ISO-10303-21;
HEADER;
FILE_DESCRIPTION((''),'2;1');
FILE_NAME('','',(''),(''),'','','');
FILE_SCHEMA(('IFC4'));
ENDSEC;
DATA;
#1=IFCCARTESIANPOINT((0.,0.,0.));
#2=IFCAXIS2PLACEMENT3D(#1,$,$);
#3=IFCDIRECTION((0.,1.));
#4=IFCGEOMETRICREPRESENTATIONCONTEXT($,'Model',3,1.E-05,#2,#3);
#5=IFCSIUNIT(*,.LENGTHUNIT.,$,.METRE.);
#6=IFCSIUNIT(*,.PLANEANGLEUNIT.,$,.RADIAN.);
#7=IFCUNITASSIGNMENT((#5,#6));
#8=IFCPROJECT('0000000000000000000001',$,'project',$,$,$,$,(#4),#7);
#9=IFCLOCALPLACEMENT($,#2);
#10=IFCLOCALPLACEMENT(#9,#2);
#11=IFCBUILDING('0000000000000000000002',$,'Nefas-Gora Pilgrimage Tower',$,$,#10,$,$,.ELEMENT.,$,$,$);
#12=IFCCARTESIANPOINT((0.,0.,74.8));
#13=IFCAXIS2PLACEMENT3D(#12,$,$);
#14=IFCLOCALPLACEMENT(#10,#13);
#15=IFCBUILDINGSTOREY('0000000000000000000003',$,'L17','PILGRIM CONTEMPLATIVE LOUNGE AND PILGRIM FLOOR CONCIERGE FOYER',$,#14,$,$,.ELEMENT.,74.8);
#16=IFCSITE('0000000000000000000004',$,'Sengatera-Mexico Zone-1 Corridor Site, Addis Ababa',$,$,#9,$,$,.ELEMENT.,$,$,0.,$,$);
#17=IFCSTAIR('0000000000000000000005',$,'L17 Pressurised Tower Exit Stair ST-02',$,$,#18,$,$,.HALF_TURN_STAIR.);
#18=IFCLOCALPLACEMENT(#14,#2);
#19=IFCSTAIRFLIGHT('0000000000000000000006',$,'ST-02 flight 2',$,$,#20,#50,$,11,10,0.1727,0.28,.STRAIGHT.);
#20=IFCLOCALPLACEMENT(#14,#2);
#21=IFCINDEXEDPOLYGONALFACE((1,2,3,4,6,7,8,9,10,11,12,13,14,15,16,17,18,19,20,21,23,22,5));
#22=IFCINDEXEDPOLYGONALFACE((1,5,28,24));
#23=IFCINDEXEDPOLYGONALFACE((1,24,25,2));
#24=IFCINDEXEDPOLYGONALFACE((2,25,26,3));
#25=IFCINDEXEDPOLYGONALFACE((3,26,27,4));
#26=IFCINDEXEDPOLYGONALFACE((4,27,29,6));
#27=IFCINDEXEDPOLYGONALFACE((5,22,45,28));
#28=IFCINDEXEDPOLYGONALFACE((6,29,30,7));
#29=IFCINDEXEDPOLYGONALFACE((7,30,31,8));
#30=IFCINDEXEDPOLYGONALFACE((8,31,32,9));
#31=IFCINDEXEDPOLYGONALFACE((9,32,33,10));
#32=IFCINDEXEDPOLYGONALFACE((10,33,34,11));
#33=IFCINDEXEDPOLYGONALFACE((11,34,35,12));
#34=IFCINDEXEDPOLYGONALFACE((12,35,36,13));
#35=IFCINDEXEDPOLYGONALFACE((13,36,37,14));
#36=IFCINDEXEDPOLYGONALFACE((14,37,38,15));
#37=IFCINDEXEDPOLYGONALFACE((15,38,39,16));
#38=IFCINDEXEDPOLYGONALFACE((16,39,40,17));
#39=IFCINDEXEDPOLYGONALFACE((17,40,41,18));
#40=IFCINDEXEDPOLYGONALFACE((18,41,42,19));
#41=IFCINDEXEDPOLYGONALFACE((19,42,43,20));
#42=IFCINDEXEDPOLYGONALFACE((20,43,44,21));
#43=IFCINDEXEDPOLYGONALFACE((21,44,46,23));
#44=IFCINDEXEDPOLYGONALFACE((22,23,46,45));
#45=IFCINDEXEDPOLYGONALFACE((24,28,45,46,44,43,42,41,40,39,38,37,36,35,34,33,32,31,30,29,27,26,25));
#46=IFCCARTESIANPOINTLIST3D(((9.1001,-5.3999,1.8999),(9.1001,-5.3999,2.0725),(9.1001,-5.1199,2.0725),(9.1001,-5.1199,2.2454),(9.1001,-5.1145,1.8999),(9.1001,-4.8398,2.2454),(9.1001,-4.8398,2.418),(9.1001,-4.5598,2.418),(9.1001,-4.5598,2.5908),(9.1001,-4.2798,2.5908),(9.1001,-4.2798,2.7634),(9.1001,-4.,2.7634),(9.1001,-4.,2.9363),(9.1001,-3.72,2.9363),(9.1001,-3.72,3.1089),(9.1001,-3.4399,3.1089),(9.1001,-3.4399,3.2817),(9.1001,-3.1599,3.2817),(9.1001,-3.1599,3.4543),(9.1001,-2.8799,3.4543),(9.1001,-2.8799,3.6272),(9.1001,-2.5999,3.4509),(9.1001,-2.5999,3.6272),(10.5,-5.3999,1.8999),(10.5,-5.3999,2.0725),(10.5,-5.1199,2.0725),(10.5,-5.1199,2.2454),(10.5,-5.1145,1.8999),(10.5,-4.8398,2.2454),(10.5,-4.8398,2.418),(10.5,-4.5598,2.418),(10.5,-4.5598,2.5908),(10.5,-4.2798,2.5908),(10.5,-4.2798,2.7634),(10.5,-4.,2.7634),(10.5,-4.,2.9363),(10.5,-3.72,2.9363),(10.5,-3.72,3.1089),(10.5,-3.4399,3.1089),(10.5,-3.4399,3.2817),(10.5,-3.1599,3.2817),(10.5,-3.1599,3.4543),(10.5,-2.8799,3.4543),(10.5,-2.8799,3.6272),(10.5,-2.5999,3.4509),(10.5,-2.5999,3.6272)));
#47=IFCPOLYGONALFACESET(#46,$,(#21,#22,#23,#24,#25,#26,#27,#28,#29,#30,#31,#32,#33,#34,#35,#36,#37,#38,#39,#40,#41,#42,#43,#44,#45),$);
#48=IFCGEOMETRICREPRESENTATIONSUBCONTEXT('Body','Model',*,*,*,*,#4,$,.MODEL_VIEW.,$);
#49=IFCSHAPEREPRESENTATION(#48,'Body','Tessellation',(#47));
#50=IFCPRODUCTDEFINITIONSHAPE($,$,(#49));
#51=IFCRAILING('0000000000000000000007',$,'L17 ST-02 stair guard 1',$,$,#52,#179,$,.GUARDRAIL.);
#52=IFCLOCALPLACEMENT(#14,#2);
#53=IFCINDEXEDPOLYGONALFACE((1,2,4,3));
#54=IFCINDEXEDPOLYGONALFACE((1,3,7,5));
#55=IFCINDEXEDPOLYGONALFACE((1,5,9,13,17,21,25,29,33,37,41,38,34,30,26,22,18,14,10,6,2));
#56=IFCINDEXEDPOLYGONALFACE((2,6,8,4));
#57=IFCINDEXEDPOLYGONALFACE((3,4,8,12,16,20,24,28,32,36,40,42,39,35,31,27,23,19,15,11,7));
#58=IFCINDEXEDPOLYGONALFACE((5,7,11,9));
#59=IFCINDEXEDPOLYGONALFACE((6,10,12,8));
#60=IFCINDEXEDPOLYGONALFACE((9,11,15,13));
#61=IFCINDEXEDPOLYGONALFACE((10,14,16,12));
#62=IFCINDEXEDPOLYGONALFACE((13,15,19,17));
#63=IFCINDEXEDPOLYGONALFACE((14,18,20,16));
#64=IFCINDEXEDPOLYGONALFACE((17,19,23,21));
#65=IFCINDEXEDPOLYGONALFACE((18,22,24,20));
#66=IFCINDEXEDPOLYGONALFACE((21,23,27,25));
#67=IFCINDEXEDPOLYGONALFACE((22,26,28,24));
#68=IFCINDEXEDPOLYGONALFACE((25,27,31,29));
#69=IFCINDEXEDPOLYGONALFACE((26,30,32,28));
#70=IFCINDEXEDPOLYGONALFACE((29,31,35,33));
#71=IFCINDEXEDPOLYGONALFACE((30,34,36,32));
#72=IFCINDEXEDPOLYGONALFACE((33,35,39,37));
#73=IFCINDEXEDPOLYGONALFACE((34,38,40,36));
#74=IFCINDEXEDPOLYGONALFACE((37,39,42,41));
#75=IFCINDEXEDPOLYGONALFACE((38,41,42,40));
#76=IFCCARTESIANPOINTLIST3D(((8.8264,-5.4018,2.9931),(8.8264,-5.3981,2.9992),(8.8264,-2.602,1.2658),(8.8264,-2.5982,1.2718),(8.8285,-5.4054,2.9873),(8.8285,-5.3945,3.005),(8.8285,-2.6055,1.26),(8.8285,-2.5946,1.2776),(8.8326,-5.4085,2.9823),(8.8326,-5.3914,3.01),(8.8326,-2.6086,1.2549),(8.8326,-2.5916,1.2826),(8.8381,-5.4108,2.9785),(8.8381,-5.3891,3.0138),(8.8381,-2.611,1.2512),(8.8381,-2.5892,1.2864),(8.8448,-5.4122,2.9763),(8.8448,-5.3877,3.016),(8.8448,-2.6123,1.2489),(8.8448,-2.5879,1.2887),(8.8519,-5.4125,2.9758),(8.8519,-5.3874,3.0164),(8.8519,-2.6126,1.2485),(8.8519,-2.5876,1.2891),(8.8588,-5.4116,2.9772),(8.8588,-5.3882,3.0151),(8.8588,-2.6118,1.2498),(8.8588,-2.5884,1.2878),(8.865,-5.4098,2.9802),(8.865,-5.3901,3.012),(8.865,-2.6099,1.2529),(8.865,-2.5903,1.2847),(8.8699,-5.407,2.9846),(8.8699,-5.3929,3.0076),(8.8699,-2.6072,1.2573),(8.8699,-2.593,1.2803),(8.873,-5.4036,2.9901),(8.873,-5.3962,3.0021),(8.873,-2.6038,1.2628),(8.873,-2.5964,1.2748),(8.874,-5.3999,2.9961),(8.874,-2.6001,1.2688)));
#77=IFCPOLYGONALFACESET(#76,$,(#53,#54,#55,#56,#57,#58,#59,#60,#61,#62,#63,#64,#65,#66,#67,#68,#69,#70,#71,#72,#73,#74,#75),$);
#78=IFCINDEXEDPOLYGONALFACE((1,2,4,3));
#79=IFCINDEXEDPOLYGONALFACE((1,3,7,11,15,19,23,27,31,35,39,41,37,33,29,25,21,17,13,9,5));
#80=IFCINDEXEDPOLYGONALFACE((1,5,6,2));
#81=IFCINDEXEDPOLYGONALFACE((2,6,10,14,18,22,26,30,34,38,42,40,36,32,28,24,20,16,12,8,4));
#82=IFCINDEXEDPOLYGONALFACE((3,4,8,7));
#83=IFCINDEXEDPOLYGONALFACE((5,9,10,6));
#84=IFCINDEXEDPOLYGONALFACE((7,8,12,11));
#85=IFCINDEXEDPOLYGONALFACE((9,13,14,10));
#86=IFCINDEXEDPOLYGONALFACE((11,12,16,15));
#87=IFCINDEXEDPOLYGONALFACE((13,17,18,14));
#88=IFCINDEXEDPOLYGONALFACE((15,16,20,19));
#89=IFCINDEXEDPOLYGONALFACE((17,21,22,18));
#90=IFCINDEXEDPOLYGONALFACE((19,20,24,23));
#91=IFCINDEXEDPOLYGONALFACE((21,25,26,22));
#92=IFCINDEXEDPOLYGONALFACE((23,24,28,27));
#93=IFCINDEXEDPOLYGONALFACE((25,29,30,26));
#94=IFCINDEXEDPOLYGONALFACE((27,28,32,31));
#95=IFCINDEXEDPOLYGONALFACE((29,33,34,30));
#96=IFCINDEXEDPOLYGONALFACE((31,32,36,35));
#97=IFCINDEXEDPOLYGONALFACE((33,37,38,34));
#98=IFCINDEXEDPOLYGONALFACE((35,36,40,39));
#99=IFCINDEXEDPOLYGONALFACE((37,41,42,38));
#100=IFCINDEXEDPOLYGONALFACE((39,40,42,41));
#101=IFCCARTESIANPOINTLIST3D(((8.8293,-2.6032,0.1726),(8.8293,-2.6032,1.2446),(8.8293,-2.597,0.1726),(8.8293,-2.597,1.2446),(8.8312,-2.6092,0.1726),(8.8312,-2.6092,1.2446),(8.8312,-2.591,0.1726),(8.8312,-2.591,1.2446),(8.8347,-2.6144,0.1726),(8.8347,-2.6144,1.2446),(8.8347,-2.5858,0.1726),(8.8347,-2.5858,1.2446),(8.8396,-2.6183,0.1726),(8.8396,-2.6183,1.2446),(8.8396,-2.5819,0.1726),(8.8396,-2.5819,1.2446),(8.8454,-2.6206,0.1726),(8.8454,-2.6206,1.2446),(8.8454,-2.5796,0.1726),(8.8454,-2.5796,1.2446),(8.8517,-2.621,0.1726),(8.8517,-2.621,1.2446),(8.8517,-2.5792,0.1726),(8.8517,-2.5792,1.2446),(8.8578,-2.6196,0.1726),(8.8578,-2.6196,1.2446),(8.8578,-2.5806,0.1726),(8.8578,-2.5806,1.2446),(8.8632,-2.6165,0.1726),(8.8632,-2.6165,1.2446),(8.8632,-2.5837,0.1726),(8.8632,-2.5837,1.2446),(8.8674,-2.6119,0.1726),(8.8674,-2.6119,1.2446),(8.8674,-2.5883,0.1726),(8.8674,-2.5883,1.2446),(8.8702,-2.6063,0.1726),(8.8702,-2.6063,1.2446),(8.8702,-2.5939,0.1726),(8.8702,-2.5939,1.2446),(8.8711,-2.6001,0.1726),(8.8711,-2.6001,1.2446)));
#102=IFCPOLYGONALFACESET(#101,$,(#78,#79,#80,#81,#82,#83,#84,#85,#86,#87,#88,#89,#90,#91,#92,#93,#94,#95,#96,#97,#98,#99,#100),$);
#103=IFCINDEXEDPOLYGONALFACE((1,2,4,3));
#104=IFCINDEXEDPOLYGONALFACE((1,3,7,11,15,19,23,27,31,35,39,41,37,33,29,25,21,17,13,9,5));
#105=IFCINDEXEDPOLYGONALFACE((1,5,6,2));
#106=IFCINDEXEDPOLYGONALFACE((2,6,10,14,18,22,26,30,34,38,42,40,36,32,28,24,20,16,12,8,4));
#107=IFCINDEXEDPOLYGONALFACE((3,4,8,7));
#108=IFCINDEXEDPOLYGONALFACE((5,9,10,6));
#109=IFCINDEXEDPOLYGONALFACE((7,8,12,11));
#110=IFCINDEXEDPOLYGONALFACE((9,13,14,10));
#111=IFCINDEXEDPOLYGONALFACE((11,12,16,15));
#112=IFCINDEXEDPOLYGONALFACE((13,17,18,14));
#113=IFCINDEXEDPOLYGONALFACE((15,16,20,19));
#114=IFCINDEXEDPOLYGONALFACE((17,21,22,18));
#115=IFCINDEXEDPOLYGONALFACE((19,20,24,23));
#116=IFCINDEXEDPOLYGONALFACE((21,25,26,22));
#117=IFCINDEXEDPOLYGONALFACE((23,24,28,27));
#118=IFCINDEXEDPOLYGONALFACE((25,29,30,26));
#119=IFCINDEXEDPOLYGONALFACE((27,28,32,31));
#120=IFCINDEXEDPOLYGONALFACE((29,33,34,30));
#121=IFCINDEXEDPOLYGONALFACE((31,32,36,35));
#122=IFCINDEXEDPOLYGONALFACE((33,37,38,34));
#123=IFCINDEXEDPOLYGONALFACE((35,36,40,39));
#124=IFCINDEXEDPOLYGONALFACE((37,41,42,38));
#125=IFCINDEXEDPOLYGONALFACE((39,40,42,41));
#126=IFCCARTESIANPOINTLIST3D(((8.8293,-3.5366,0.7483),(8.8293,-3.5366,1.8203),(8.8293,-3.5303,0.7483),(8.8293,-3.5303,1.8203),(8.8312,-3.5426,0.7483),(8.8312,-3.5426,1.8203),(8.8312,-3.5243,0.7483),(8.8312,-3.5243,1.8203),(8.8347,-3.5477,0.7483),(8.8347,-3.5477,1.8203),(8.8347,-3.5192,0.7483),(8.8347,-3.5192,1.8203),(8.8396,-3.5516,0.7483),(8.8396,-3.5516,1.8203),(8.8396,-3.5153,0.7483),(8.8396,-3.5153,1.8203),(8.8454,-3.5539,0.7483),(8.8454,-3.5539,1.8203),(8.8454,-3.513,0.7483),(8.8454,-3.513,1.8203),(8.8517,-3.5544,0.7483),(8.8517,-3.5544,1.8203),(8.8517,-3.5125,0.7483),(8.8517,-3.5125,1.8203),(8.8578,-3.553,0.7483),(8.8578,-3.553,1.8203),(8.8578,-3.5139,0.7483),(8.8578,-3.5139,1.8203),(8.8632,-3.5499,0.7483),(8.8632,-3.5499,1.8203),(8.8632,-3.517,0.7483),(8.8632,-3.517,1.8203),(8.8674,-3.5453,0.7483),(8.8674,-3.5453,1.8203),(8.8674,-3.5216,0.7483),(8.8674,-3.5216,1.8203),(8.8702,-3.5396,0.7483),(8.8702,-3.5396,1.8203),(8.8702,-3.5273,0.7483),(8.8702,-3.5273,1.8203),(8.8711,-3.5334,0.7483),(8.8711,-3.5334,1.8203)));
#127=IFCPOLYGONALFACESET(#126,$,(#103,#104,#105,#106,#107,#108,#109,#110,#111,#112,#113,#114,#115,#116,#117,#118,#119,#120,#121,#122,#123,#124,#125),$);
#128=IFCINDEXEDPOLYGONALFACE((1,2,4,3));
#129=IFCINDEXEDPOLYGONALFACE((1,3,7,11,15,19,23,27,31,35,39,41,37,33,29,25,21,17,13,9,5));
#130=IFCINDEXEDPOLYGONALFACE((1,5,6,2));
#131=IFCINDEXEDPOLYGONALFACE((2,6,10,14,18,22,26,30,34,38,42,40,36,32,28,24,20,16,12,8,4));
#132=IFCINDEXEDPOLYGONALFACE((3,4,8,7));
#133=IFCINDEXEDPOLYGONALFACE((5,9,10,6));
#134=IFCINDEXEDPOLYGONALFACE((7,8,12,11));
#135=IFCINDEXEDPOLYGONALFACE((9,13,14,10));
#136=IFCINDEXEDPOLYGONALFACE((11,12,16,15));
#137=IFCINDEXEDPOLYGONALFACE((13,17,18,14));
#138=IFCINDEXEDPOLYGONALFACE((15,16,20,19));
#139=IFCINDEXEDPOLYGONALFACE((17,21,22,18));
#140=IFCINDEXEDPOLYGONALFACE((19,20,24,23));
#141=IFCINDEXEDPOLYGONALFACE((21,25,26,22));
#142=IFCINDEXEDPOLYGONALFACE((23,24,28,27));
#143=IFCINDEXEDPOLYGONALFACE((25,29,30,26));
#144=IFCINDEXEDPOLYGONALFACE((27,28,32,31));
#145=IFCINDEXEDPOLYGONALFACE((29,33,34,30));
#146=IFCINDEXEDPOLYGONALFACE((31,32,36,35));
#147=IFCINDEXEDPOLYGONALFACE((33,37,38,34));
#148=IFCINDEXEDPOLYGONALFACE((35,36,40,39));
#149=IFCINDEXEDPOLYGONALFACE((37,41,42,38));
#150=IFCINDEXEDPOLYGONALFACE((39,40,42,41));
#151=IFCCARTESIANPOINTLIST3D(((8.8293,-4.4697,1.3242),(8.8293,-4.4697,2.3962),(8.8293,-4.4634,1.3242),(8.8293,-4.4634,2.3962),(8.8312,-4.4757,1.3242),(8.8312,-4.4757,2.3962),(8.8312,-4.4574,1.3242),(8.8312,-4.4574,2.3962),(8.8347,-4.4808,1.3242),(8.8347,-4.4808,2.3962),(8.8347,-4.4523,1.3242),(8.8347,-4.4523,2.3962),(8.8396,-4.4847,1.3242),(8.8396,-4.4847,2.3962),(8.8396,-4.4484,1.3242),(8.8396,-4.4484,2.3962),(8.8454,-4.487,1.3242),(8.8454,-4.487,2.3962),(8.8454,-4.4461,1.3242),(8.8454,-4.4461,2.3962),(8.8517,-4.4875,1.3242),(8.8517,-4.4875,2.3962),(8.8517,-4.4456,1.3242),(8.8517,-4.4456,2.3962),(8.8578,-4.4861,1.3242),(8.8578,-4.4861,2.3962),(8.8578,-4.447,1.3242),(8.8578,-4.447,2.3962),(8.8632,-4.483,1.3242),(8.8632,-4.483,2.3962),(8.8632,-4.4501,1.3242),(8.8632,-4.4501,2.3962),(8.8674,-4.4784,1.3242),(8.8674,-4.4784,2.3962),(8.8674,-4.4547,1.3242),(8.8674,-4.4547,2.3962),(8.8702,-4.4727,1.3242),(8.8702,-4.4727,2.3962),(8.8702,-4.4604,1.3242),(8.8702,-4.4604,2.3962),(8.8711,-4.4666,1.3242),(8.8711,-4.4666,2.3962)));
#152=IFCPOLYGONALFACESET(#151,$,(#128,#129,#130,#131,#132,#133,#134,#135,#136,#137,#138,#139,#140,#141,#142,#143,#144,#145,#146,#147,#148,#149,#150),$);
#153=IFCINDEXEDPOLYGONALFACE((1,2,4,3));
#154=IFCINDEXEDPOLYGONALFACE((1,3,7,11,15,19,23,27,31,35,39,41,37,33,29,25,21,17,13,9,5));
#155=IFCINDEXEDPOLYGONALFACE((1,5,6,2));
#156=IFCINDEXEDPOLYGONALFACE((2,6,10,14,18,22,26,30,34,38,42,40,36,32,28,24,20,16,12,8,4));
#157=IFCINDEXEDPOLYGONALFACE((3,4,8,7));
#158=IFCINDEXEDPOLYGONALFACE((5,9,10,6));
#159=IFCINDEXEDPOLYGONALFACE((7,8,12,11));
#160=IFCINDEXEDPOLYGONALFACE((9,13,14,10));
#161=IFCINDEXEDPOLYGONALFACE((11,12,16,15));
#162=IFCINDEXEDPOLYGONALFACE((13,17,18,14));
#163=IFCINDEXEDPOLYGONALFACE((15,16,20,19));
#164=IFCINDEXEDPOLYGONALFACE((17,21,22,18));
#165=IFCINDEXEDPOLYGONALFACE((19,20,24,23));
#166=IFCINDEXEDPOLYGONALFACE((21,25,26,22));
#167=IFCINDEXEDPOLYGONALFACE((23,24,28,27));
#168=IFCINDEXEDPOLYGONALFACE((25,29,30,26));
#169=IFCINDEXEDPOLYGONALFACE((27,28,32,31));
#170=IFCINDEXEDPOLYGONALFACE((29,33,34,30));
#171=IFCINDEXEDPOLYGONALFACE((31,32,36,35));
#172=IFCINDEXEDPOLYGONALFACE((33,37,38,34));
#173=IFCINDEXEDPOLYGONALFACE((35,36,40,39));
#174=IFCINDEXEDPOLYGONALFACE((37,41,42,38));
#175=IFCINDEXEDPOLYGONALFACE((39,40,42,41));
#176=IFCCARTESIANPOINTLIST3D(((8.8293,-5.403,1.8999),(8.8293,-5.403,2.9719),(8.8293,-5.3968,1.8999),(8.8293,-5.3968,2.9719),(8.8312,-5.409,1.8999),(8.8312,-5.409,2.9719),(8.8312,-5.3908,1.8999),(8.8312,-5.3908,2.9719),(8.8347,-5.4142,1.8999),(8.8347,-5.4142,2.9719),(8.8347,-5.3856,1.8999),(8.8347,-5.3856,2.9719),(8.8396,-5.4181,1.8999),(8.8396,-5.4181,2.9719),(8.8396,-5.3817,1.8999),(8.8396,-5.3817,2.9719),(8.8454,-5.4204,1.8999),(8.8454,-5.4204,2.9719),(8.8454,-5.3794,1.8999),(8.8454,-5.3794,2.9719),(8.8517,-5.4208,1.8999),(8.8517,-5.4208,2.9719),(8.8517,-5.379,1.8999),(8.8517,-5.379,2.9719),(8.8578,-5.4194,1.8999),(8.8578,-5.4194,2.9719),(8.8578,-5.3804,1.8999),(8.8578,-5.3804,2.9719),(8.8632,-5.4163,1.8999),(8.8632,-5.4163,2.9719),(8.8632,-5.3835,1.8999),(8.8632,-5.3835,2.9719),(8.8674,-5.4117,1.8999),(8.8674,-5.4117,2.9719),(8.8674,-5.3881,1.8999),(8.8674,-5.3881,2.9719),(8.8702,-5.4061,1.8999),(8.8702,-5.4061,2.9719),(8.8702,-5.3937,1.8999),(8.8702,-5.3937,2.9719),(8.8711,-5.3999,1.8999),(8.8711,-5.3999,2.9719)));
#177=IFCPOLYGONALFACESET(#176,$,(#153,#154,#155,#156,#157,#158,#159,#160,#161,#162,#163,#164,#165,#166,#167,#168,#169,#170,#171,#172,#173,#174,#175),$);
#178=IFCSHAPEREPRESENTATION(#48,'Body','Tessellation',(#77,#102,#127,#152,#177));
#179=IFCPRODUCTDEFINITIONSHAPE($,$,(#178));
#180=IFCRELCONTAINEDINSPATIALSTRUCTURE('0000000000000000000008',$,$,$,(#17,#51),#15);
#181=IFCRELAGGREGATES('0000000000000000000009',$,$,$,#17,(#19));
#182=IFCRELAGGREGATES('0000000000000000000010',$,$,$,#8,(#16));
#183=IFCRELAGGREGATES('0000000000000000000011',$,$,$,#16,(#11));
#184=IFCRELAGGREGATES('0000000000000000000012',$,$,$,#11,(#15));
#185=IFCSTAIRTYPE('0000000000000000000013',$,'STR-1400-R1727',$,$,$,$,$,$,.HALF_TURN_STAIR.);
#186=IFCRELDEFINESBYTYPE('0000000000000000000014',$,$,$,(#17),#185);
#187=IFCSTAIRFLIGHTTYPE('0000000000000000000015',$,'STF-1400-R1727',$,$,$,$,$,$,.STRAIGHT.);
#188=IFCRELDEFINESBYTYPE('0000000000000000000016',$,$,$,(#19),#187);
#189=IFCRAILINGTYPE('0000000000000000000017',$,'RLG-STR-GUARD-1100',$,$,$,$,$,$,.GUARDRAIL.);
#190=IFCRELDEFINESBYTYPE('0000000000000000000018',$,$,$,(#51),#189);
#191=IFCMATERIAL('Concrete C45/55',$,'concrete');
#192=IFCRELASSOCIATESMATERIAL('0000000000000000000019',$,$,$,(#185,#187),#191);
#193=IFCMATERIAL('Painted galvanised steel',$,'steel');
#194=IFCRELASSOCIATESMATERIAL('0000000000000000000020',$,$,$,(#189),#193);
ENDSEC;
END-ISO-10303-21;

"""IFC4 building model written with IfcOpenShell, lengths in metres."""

from ifc_helpers import new_model, si_unit, direction, frame, origin, origin_2d, place, context, subcontext, project, spatial, polyline, circle, outline, extrude, source, transform, mapped, material, type_object, element, aggregate, save


model = new_model("IFC4")

# Units and contexts
model_context = context("Model", 3, precision=1e-05, world=origin(), true_north=direction((0.0, 1.0)))
body_context = subcontext(model_context, "Body", "Model", "MODEL_VIEW")
ifc_project = project(units=[si_unit("LENGTHUNIT", "METRE"), si_unit("PLANEANGLEUNIT", "RADIAN")], contexts=[model_context])

# Site, building, storey
site_placement = place(None, origin())
site = spatial("IfcSite", under=ifc_project, at=site_placement, Name="Sengatera-Mexico Zone-1 Corridor Site, Addis Ababa", CompositionType="ELEMENT", RefElevation=0.0)
building_placement = place(site_placement, origin())
building = spatial("IfcBuilding", under=site, at=building_placement, Name="Nefas-Gora Pilgrimage Tower", CompositionType="ELEMENT")
storey_placement = place(building_placement, frame((0.0, 0.0, 74.8)))
storey = spatial("IfcBuildingStorey", under=building, at=storey_placement, Name="L17", Description="PILGRIM CONTEMPLATIVE LOUNGE AND PILGRIM FLOOR CONCIERGE FOYER", CompositionType="ELEMENT", Elevation=74.8)

# Shared definitions
ifc_material_1 = material(Name="Concrete C45/55", Category="concrete")

# Stair, stair flight
stair_type = type_object("IfcStairType", Name="STR-1400-R1727", PredefinedType="HALF_TURN_STAIR", material=ifc_material_1)
stair_placement = place(storey_placement, origin())
stair = element("IfcStair", 1, at=stair_placement, inside=storey, type_object=stair_type, Name="L17 Pressurised Tower Exit Stair ST-02", PredefinedType="HALF_TURN_STAIR")
stair_flight_type = type_object("IfcStairFlightType", Name="STF-1400-R1727", PredefinedType="STRAIGHT", material=ifc_material_1)
shared_shape_1 = source(origin(), body_context, "Body", "SweptSolid", [
    extrude(outline(polyline([(0.0, 0.0), (0.0, 0.1726), (0.28, 0.1726), (0.28, 0.3455), (0.5601, 0.3455), (0.5601, 0.5181), (0.8401, 0.5181), (0.8401, 0.6909), (1.1201, 0.6909), (1.1201, 0.8635), (1.3999, 0.8635), (1.3999, 1.0364), (1.6799, 1.0364), (1.6799, 1.209), (1.96, 1.209), (1.96, 1.3818), (2.24, 1.3818), (2.24, 1.5544), (2.52, 1.5544), (2.52, 1.7273), (2.8, 1.7273), (2.8, 1.8999), (2.8, 1.551), (0.2854, 0.0), (0.0, 0.0)])), frame((0.0, 0.7, 0.0), z_axis=(0.0, -1.0, 0.0), x_axis=(1.0, 0.0, 0.0)), (0.0, 0.0, 1.0), 1.3999),
])
stair_flight_1_placement = place(storey_placement, frame((9.8, -5.3999, 1.8999), z_axis=(0.0, 0.0, 1.0), x_axis=(0.0, 1.0, 0.0)))
stair_flight_1 = element("IfcStairFlight", 2, at=stair_flight_1_placement, type_object=stair_flight_type, Name="ST-02 flight 2", NumberOfRisers=11, NumberOfTreads=10, PredefinedType="STRAIGHT", RiserHeight=0.1727, TreadLength=0.28, context=body_context, shape_type="MappedRepresentation", body=[
    mapped(shared_shape_1, transform((0.0, 0.0, 0.0), x_axis=(1.0, 0.0, 0.0), y_axis=(0.0, 1.0, 0.0), z_axis=(0.0, 0.0, 1.0), scale=1.0)),
])
aggregate(stair, [stair_flight_1])

# Railing
ifc_material_2 = material(Name="Painted galvanised steel", Category="steel")
railing_type_1 = type_object("IfcRailingType", Name="RLG-STR-GUARD-1100", PredefinedType="GUARDRAIL", material=ifc_material_2)
railing_1_placement = place(storey_placement, frame((8.8501, -2.6001, 0.1726)))
element("IfcRailing", 3, at=railing_1_placement, inside=storey, type_object=railing_type_1, Name="L17 ST-02 stair guard 1", PredefinedType="GUARDRAIL", context=body_context, shape_type="SweptSolid", body=[
    extrude(circle(Radius=0.0239, at=origin_2d()), frame((0.0, 0.0, 1.0962), z_axis=(0.0, -0.851069, 0.525054), x_axis=(1.0, 0.0, 0.0)), (0.0, 0.0, 1.0), 3.2898),
    extrude(circle(Radius=0.021, at=origin_2d()), origin(), (0.0, 0.0, 1.0), 1.072),
    extrude(circle(Radius=0.021, at=origin_2d()), frame((0.0, -0.9333, 0.5757)), (0.0, 0.0, 1.0), 1.072),
    extrude(circle(Radius=0.021, at=origin_2d()), frame((0.0, -1.8665, 1.1516)), (0.0, 0.0, 1.0), 1.072),
    extrude(circle(Radius=0.021, at=origin_2d()), frame((0.0, -2.7998, 1.7273)), (0.0, 0.0, 1.0), 1.072),
])

save(model, "model.ifc")
